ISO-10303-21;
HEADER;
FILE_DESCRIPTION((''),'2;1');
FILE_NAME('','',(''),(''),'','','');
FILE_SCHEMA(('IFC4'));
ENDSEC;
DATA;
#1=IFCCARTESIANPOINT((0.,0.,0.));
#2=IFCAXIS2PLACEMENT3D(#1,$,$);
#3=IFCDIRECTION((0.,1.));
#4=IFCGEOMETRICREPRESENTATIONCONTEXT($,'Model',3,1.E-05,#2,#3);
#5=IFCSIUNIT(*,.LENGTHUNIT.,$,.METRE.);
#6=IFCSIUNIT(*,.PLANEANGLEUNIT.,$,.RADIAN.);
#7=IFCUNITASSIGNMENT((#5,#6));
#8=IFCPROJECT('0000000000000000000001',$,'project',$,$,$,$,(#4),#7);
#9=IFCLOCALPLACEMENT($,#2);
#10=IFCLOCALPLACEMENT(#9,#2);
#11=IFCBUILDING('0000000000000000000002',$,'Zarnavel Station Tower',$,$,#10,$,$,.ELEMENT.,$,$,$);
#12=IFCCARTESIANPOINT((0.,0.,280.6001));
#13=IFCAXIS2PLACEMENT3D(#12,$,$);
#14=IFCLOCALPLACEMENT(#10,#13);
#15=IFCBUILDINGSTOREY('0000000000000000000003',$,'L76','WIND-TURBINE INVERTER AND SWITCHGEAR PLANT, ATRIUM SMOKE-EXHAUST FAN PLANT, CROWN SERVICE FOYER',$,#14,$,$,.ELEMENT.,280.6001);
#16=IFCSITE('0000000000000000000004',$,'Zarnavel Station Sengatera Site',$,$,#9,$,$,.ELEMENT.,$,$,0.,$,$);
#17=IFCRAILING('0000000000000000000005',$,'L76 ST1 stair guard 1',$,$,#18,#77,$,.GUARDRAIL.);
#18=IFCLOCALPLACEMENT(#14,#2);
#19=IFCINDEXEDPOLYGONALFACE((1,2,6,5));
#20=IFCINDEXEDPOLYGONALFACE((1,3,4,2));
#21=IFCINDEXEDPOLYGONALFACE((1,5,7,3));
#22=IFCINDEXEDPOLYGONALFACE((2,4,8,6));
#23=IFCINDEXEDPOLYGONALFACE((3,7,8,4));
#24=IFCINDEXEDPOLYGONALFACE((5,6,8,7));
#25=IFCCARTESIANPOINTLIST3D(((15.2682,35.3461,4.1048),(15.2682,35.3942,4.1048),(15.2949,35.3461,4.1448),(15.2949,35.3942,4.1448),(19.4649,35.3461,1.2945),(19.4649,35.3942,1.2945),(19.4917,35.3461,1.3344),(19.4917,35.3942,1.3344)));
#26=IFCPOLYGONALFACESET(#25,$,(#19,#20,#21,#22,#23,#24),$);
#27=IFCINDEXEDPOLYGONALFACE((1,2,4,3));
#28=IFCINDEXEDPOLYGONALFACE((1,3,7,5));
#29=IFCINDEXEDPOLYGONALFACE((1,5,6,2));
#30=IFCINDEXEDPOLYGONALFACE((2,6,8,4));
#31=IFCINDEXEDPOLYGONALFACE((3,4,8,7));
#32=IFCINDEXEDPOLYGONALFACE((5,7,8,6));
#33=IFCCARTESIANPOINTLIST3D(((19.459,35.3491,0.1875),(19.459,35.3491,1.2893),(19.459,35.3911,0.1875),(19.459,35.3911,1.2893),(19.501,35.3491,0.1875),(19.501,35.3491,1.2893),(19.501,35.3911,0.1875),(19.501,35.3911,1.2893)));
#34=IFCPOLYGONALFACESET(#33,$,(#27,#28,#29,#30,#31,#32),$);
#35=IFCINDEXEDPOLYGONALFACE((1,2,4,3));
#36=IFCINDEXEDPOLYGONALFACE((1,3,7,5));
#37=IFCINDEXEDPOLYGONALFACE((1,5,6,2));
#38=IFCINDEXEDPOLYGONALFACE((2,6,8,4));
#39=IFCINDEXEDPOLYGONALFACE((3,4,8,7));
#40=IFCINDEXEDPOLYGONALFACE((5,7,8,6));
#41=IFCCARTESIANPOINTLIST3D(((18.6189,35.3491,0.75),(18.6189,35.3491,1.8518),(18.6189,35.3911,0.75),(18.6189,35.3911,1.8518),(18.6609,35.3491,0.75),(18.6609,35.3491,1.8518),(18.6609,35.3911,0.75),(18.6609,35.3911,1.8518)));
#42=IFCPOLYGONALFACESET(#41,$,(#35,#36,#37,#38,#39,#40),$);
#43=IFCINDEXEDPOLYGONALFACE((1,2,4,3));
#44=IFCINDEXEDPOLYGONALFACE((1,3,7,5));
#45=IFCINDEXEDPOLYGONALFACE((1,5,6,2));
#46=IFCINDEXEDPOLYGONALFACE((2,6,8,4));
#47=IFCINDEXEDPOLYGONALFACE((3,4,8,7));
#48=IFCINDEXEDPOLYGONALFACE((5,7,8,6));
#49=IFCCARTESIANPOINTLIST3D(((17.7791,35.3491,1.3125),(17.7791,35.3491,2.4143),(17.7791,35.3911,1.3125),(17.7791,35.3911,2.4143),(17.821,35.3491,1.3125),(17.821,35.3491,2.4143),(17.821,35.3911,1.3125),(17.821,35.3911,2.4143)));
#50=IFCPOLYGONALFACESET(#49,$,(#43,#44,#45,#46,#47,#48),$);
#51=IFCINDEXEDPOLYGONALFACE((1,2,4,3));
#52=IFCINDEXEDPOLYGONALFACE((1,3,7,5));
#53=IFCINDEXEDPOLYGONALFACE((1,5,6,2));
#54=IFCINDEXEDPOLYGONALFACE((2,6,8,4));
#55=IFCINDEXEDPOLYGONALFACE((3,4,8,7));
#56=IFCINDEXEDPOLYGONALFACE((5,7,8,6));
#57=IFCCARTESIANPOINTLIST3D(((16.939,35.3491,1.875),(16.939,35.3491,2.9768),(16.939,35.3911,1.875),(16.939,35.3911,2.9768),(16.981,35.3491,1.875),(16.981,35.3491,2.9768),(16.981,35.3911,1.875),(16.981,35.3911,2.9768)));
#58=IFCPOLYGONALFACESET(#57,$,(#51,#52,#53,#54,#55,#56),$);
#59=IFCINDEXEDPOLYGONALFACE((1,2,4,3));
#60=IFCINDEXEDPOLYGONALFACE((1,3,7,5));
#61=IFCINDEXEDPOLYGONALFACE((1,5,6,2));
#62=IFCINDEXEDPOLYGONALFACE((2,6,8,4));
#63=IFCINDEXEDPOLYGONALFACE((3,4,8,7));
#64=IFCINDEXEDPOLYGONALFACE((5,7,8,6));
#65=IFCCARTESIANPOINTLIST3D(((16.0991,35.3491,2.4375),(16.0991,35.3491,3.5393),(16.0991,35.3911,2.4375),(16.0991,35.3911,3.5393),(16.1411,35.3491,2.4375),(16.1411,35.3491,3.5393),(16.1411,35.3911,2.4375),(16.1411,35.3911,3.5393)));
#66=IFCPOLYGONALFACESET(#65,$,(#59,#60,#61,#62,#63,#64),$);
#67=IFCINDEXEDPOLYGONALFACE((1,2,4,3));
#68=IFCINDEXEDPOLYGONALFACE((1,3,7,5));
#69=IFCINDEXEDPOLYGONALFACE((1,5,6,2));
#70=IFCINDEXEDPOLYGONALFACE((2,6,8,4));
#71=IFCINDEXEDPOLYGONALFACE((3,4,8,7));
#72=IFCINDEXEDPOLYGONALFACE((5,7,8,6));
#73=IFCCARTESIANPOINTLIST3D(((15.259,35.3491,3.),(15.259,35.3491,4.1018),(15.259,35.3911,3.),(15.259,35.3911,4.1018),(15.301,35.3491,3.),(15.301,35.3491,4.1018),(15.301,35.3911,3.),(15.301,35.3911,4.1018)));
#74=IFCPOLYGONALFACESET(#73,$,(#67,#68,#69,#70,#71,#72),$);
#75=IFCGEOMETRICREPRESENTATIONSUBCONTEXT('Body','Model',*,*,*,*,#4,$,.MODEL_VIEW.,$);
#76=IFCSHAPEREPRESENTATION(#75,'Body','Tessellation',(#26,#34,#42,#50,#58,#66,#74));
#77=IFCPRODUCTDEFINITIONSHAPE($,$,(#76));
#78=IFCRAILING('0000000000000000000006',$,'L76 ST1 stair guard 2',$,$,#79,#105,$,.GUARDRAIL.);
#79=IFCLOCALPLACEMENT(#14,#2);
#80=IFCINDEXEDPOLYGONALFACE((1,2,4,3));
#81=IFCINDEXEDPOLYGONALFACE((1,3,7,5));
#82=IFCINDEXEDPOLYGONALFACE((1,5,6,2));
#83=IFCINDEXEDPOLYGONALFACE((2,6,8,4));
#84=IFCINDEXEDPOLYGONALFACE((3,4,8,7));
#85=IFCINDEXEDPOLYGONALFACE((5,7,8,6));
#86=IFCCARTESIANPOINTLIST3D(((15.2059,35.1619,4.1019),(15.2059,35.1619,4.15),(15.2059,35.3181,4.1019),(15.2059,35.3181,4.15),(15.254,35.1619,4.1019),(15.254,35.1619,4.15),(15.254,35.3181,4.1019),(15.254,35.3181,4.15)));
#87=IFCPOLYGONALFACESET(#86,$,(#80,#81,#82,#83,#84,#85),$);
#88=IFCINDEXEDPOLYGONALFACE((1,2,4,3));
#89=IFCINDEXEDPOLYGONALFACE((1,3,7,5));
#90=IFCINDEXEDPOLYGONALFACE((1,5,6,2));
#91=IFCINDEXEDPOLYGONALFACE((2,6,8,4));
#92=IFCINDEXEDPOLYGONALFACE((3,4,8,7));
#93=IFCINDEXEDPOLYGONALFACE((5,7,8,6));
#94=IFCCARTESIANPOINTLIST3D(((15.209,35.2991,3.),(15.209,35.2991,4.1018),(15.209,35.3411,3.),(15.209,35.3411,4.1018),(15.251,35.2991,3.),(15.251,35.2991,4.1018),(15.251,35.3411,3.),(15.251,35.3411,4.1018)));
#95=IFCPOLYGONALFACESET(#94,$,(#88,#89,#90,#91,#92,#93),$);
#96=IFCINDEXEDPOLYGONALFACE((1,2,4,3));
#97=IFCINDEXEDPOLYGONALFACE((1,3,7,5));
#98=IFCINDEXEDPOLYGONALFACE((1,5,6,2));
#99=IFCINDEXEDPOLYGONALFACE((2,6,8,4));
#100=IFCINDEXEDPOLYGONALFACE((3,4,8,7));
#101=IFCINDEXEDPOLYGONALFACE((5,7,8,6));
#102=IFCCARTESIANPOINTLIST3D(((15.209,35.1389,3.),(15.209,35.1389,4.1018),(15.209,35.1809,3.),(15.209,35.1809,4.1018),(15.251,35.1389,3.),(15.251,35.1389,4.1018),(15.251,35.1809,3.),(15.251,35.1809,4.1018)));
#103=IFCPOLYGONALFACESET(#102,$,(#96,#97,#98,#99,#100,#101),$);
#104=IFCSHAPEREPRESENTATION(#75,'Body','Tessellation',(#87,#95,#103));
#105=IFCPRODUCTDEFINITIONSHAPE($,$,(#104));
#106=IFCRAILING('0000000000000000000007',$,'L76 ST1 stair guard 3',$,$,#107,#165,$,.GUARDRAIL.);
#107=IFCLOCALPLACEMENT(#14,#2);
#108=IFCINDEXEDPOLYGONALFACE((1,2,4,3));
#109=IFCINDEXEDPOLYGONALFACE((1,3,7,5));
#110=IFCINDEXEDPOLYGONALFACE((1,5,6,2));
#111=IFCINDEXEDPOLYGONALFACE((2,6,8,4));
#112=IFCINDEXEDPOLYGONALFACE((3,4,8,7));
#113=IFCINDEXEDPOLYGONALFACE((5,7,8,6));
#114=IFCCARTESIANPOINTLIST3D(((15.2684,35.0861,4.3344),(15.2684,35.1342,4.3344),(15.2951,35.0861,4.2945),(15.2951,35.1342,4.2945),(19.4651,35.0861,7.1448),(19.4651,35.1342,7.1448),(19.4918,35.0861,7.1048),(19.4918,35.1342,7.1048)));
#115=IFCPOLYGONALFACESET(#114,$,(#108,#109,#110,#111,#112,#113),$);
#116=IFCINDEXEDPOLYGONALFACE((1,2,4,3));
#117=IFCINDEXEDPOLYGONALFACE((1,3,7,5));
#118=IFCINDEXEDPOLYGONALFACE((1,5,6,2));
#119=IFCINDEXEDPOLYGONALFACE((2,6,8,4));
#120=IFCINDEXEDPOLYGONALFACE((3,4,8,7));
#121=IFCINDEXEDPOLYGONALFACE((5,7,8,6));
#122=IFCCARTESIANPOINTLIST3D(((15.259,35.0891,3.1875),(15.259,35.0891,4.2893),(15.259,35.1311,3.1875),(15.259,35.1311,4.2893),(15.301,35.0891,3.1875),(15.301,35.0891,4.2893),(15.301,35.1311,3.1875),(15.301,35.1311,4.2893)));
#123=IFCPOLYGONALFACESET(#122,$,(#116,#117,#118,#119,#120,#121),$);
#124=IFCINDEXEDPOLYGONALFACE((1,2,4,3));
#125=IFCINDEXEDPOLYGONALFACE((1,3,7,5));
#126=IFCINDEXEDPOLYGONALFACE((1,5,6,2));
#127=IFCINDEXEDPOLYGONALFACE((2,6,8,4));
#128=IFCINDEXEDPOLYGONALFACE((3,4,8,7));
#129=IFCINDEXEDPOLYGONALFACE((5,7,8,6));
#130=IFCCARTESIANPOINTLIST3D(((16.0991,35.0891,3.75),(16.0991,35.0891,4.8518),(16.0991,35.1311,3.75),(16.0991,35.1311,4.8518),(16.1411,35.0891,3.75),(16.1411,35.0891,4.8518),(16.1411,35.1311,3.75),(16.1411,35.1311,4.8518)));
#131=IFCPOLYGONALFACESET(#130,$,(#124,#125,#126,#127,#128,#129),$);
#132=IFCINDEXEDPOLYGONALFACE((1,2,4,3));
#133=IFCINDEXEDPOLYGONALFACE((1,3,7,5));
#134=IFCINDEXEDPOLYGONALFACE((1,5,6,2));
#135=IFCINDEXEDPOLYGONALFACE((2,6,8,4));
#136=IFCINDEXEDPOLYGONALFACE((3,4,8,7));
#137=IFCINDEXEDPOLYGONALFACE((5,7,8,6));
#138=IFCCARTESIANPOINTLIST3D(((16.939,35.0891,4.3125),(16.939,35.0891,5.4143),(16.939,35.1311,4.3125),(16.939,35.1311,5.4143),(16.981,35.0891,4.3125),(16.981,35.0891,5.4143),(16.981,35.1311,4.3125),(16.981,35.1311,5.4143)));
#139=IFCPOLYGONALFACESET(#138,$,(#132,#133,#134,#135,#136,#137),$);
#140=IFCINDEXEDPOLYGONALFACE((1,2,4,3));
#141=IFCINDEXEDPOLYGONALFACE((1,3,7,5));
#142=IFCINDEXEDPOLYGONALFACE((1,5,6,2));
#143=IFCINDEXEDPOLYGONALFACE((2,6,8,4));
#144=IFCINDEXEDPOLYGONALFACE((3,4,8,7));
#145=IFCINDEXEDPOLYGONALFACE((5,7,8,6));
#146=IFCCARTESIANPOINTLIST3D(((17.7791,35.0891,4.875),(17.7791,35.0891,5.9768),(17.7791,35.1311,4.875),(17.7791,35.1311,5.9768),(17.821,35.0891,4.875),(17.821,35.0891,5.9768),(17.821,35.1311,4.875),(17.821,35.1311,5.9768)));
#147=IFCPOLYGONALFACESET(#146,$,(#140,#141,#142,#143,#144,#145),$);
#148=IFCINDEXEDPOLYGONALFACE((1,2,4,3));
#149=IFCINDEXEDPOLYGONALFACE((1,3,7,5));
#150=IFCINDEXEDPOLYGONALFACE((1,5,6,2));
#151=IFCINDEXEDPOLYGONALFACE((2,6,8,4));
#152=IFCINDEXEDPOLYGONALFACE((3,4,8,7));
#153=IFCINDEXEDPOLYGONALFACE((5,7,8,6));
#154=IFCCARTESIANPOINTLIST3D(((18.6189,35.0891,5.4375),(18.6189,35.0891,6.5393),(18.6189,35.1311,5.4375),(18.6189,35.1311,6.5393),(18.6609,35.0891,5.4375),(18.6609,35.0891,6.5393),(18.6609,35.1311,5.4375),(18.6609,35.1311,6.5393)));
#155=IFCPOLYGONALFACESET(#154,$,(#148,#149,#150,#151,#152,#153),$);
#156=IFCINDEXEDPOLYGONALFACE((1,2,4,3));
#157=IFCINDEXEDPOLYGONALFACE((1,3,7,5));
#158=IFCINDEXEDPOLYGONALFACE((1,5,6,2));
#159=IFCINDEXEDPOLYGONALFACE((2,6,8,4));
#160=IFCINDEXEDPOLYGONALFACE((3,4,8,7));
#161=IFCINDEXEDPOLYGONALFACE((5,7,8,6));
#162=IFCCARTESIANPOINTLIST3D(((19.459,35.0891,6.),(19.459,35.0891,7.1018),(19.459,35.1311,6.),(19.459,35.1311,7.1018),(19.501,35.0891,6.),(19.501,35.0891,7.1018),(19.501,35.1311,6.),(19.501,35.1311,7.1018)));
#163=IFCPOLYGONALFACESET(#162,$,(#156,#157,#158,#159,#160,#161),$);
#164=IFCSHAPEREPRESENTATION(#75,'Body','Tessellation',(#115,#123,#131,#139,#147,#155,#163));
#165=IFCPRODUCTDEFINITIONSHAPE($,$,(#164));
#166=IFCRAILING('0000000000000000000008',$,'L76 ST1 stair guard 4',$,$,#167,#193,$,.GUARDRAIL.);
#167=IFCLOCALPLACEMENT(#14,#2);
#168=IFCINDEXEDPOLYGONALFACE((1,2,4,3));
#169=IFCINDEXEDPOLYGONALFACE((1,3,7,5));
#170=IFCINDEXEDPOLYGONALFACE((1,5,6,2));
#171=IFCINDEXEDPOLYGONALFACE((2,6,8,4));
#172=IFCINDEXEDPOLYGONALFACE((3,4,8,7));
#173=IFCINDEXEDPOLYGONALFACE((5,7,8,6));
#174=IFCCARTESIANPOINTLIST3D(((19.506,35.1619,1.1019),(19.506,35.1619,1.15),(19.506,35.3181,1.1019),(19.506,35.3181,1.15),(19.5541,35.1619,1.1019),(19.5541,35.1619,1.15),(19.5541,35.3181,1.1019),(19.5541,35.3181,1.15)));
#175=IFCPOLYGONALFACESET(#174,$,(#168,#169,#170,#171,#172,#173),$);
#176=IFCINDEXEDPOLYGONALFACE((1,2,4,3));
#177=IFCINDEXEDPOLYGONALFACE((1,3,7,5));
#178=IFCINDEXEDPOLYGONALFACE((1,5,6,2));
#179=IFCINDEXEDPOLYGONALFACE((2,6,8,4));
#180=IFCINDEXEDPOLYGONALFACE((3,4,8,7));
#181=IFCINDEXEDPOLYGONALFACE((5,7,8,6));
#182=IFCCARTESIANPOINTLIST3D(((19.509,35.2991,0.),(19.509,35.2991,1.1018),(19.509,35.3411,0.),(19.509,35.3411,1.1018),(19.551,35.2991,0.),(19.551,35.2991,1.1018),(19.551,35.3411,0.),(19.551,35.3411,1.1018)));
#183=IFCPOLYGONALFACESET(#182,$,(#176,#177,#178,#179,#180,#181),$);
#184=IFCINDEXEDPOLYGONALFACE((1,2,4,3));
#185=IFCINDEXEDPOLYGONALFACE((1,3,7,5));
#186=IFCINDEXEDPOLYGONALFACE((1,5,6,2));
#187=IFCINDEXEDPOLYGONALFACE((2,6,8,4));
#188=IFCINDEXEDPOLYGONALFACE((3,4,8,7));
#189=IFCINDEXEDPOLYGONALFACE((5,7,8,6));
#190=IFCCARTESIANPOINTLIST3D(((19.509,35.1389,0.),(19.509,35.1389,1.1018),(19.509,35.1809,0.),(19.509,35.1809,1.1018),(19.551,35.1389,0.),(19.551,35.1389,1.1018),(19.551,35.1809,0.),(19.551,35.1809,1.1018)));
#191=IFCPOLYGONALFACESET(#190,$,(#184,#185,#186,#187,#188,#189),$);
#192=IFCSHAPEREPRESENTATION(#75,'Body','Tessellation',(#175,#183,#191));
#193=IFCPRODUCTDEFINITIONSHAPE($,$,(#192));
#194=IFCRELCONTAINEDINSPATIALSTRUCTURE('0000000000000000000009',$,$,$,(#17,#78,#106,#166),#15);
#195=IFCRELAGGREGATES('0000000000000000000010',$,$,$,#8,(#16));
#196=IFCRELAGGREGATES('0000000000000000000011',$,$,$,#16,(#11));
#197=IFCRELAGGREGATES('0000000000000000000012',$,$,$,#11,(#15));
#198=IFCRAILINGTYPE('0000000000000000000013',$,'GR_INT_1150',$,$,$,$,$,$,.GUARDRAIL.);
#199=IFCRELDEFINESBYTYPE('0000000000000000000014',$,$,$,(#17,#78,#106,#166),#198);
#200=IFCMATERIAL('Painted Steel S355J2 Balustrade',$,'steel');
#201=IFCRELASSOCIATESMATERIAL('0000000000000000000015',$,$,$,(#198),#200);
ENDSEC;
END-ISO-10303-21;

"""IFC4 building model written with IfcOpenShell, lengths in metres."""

from ifc_helpers import new_model, si_unit, direction, frame, origin, origin_2d, place, context, subcontext, project, spatial, rectangle, extrude, material, type_object, element, save


model = new_model("IFC4")

# Units and contexts
model_context = context("Model", 3, precision=1e-05, world=origin(), true_north=direction((0.0, 1.0)))
body_context = subcontext(model_context, "Body", "Model", "MODEL_VIEW")
ifc_project = project(units=[si_unit("LENGTHUNIT", "METRE"), si_unit("PLANEANGLEUNIT", "RADIAN")], contexts=[model_context])

# Site, building, storey
site_placement = place(None, origin())
site = spatial("IfcSite", under=ifc_project, at=site_placement, Name="Zarnavel Station Sengatera Site", CompositionType="ELEMENT", RefElevation=0.0)
building_placement = place(site_placement, origin())
building = spatial("IfcBuilding", under=site, at=building_placement, Name="Zarnavel Station Tower", CompositionType="ELEMENT")
storey_placement = place(building_placement, frame((0.0, 0.0, 280.6001)))
storey = spatial("IfcBuildingStorey", under=building, at=storey_placement, Name="L76", Description="WIND-TURBINE INVERTER AND SWITCHGEAR PLANT, ATRIUM SMOKE-EXHAUST FAN PLANT, CROWN SERVICE FOYER", CompositionType="ELEMENT", Elevation=280.6001)

# Railings
ifc_material_1 = material(Name="Painted Steel S355J2 Balustrade", Category="steel")
railing_type_1 = type_object("IfcRailingType", Name="GR_INT_1150", PredefinedType="GUARDRAIL", material=ifc_material_1)
railing_1_placement = place(storey_placement, frame((19.48, 35.3701, 0.1875)))
element("IfcRailing", 1, at=railing_1_placement, inside=storey, type_object=railing_type_1, Name="L76 ST1 stair guard 1", PredefinedType="GUARDRAIL", context=body_context, shape_type="SweptSolid", body=[
    extrude(rectangle(XDim=0.0481, YDim=0.0481, at=origin_2d()), frame((-0.0017, 0.0, 1.127), z_axis=(-0.830904, 0.0, 0.556416), x_axis=(0.0, -1.0, 0.0)), (0.0, 0.0, 1.0), 5.0508),
    extrude(rectangle(XDim=0.042, YDim=0.042, at=origin_2d()), origin(), (0.0, 0.0, 1.0), 1.1018),
    extrude(rectangle(XDim=0.042, YDim=0.042, at=origin_2d()), frame((-0.8401, 0.0, 0.5625)), (0.0, 0.0, 1.0), 1.1018),
    extrude(rectangle(XDim=0.042, YDim=0.042, at=origin_2d()), frame((-1.6799, 0.0, 1.125)), (0.0, 0.0, 1.0), 1.1018),
    extrude(rectangle(XDim=0.042, YDim=0.042, at=origin_2d()), frame((-2.52, 0.0, 1.6875)), (0.0, 0.0, 1.0), 1.1018),
    extrude(rectangle(XDim=0.042, YDim=0.042, at=origin_2d()), frame((-3.3599, 0.0, 2.25)), (0.0, 0.0, 1.0), 1.1018),
    extrude(rectangle(XDim=0.042, YDim=0.042, at=origin_2d()), frame((-4.2, 0.0, 2.8125)), (0.0, 0.0, 1.0), 1.1018),
])
railing_2_placement = place(storey_placement, frame((15.23, 35.3201, 3.0)))
element("IfcRailing", 2, at=railing_2_placement, inside=storey, type_object=railing_type_1, Name="L76 ST1 stair guard 2", PredefinedType="GUARDRAIL", context=body_context, shape_type="SweptSolid", body=[
    extrude(rectangle(XDim=0.0481, YDim=0.0481, at=origin_2d()), frame((0.0, -0.002, 1.126), z_axis=(0.0, -1.0, 0.0), x_axis=(1.0, 0.0, 0.0)), (0.0, 0.0, 1.0), 0.1562),
    extrude(rectangle(XDim=0.042, YDim=0.042, at=origin_2d()), origin(), (0.0, 0.0, 1.0), 1.1018),
    extrude(rectangle(XDim=0.042, YDim=0.042, at=origin_2d()), frame((0.0, -0.1602, 0.0)), (0.0, 0.0, 1.0), 1.1018),
])
railing_3_placement = place(storey_placement, frame((15.28, 35.1101, 3.1875)))
element("IfcRailing", 3, at=railing_3_placement, inside=storey, type_object=railing_type_1, Name="L76 ST1 stair guard 3", PredefinedType="GUARDRAIL", context=body_context, shape_type="SweptSolid", body=[
    extrude(rectangle(XDim=0.0481, YDim=0.0481, at=origin_2d()), frame((0.0017, 0.0, 1.127), z_axis=(0.830904, 0.0, 0.556416), x_axis=(0.0, 1.0, 0.0)), (0.0, 0.0, 1.0), 5.0508),
    extrude(rectangle(XDim=0.042, YDim=0.042, at=origin_2d()), origin(), (0.0, 0.0, 1.0), 1.1018),
    extrude(rectangle(XDim=0.042, YDim=0.042, at=origin_2d()), frame((0.8401, 0.0, 0.5625)), (0.0, 0.0, 1.0), 1.1018),
    extrude(rectangle(XDim=0.042, YDim=0.042, at=origin_2d()), frame((1.6799, 0.0, 1.125)), (0.0, 0.0, 1.0), 1.1018),
    extrude(rectangle(XDim=0.042, YDim=0.042, at=origin_2d()), frame((2.52, 0.0, 1.6875)), (0.0, 0.0, 1.0), 1.1018),
    extrude(rectangle(XDim=0.042, YDim=0.042, at=origin_2d()), frame((3.3599, 0.0, 2.25)), (0.0, 0.0, 1.0), 1.1018),
    extrude(rectangle(XDim=0.042, YDim=0.042, at=origin_2d()), frame((4.2, 0.0, 2.8125)), (0.0, 0.0, 1.0), 1.1018),
])
railing_4_placement = place(storey_placement, frame((19.53, 35.3201, 0.0)))
element("IfcRailing", 4, at=railing_4_placement, inside=storey, type_object=railing_type_1, Name="L76 ST1 stair guard 4", PredefinedType="GUARDRAIL", context=body_context, shape_type="SweptSolid", body=[
    extrude(rectangle(XDim=0.0481, YDim=0.0481, at=origin_2d()), frame((0.0, -0.002, 1.126), z_axis=(0.0, -1.0, 0.0), x_axis=(1.0, 0.0, 0.0)), (0.0, 0.0, 1.0), 0.1562),
    extrude(rectangle(XDim=0.042, YDim=0.042, at=origin_2d()), origin(), (0.0, 0.0, 1.0), 1.1018),
    extrude(rectangle(XDim=0.042, YDim=0.042, at=origin_2d()), frame((0.0, -0.1602, 0.0)), (0.0, 0.0, 1.0), 1.1018),
])

save(model, "model.ifc")
